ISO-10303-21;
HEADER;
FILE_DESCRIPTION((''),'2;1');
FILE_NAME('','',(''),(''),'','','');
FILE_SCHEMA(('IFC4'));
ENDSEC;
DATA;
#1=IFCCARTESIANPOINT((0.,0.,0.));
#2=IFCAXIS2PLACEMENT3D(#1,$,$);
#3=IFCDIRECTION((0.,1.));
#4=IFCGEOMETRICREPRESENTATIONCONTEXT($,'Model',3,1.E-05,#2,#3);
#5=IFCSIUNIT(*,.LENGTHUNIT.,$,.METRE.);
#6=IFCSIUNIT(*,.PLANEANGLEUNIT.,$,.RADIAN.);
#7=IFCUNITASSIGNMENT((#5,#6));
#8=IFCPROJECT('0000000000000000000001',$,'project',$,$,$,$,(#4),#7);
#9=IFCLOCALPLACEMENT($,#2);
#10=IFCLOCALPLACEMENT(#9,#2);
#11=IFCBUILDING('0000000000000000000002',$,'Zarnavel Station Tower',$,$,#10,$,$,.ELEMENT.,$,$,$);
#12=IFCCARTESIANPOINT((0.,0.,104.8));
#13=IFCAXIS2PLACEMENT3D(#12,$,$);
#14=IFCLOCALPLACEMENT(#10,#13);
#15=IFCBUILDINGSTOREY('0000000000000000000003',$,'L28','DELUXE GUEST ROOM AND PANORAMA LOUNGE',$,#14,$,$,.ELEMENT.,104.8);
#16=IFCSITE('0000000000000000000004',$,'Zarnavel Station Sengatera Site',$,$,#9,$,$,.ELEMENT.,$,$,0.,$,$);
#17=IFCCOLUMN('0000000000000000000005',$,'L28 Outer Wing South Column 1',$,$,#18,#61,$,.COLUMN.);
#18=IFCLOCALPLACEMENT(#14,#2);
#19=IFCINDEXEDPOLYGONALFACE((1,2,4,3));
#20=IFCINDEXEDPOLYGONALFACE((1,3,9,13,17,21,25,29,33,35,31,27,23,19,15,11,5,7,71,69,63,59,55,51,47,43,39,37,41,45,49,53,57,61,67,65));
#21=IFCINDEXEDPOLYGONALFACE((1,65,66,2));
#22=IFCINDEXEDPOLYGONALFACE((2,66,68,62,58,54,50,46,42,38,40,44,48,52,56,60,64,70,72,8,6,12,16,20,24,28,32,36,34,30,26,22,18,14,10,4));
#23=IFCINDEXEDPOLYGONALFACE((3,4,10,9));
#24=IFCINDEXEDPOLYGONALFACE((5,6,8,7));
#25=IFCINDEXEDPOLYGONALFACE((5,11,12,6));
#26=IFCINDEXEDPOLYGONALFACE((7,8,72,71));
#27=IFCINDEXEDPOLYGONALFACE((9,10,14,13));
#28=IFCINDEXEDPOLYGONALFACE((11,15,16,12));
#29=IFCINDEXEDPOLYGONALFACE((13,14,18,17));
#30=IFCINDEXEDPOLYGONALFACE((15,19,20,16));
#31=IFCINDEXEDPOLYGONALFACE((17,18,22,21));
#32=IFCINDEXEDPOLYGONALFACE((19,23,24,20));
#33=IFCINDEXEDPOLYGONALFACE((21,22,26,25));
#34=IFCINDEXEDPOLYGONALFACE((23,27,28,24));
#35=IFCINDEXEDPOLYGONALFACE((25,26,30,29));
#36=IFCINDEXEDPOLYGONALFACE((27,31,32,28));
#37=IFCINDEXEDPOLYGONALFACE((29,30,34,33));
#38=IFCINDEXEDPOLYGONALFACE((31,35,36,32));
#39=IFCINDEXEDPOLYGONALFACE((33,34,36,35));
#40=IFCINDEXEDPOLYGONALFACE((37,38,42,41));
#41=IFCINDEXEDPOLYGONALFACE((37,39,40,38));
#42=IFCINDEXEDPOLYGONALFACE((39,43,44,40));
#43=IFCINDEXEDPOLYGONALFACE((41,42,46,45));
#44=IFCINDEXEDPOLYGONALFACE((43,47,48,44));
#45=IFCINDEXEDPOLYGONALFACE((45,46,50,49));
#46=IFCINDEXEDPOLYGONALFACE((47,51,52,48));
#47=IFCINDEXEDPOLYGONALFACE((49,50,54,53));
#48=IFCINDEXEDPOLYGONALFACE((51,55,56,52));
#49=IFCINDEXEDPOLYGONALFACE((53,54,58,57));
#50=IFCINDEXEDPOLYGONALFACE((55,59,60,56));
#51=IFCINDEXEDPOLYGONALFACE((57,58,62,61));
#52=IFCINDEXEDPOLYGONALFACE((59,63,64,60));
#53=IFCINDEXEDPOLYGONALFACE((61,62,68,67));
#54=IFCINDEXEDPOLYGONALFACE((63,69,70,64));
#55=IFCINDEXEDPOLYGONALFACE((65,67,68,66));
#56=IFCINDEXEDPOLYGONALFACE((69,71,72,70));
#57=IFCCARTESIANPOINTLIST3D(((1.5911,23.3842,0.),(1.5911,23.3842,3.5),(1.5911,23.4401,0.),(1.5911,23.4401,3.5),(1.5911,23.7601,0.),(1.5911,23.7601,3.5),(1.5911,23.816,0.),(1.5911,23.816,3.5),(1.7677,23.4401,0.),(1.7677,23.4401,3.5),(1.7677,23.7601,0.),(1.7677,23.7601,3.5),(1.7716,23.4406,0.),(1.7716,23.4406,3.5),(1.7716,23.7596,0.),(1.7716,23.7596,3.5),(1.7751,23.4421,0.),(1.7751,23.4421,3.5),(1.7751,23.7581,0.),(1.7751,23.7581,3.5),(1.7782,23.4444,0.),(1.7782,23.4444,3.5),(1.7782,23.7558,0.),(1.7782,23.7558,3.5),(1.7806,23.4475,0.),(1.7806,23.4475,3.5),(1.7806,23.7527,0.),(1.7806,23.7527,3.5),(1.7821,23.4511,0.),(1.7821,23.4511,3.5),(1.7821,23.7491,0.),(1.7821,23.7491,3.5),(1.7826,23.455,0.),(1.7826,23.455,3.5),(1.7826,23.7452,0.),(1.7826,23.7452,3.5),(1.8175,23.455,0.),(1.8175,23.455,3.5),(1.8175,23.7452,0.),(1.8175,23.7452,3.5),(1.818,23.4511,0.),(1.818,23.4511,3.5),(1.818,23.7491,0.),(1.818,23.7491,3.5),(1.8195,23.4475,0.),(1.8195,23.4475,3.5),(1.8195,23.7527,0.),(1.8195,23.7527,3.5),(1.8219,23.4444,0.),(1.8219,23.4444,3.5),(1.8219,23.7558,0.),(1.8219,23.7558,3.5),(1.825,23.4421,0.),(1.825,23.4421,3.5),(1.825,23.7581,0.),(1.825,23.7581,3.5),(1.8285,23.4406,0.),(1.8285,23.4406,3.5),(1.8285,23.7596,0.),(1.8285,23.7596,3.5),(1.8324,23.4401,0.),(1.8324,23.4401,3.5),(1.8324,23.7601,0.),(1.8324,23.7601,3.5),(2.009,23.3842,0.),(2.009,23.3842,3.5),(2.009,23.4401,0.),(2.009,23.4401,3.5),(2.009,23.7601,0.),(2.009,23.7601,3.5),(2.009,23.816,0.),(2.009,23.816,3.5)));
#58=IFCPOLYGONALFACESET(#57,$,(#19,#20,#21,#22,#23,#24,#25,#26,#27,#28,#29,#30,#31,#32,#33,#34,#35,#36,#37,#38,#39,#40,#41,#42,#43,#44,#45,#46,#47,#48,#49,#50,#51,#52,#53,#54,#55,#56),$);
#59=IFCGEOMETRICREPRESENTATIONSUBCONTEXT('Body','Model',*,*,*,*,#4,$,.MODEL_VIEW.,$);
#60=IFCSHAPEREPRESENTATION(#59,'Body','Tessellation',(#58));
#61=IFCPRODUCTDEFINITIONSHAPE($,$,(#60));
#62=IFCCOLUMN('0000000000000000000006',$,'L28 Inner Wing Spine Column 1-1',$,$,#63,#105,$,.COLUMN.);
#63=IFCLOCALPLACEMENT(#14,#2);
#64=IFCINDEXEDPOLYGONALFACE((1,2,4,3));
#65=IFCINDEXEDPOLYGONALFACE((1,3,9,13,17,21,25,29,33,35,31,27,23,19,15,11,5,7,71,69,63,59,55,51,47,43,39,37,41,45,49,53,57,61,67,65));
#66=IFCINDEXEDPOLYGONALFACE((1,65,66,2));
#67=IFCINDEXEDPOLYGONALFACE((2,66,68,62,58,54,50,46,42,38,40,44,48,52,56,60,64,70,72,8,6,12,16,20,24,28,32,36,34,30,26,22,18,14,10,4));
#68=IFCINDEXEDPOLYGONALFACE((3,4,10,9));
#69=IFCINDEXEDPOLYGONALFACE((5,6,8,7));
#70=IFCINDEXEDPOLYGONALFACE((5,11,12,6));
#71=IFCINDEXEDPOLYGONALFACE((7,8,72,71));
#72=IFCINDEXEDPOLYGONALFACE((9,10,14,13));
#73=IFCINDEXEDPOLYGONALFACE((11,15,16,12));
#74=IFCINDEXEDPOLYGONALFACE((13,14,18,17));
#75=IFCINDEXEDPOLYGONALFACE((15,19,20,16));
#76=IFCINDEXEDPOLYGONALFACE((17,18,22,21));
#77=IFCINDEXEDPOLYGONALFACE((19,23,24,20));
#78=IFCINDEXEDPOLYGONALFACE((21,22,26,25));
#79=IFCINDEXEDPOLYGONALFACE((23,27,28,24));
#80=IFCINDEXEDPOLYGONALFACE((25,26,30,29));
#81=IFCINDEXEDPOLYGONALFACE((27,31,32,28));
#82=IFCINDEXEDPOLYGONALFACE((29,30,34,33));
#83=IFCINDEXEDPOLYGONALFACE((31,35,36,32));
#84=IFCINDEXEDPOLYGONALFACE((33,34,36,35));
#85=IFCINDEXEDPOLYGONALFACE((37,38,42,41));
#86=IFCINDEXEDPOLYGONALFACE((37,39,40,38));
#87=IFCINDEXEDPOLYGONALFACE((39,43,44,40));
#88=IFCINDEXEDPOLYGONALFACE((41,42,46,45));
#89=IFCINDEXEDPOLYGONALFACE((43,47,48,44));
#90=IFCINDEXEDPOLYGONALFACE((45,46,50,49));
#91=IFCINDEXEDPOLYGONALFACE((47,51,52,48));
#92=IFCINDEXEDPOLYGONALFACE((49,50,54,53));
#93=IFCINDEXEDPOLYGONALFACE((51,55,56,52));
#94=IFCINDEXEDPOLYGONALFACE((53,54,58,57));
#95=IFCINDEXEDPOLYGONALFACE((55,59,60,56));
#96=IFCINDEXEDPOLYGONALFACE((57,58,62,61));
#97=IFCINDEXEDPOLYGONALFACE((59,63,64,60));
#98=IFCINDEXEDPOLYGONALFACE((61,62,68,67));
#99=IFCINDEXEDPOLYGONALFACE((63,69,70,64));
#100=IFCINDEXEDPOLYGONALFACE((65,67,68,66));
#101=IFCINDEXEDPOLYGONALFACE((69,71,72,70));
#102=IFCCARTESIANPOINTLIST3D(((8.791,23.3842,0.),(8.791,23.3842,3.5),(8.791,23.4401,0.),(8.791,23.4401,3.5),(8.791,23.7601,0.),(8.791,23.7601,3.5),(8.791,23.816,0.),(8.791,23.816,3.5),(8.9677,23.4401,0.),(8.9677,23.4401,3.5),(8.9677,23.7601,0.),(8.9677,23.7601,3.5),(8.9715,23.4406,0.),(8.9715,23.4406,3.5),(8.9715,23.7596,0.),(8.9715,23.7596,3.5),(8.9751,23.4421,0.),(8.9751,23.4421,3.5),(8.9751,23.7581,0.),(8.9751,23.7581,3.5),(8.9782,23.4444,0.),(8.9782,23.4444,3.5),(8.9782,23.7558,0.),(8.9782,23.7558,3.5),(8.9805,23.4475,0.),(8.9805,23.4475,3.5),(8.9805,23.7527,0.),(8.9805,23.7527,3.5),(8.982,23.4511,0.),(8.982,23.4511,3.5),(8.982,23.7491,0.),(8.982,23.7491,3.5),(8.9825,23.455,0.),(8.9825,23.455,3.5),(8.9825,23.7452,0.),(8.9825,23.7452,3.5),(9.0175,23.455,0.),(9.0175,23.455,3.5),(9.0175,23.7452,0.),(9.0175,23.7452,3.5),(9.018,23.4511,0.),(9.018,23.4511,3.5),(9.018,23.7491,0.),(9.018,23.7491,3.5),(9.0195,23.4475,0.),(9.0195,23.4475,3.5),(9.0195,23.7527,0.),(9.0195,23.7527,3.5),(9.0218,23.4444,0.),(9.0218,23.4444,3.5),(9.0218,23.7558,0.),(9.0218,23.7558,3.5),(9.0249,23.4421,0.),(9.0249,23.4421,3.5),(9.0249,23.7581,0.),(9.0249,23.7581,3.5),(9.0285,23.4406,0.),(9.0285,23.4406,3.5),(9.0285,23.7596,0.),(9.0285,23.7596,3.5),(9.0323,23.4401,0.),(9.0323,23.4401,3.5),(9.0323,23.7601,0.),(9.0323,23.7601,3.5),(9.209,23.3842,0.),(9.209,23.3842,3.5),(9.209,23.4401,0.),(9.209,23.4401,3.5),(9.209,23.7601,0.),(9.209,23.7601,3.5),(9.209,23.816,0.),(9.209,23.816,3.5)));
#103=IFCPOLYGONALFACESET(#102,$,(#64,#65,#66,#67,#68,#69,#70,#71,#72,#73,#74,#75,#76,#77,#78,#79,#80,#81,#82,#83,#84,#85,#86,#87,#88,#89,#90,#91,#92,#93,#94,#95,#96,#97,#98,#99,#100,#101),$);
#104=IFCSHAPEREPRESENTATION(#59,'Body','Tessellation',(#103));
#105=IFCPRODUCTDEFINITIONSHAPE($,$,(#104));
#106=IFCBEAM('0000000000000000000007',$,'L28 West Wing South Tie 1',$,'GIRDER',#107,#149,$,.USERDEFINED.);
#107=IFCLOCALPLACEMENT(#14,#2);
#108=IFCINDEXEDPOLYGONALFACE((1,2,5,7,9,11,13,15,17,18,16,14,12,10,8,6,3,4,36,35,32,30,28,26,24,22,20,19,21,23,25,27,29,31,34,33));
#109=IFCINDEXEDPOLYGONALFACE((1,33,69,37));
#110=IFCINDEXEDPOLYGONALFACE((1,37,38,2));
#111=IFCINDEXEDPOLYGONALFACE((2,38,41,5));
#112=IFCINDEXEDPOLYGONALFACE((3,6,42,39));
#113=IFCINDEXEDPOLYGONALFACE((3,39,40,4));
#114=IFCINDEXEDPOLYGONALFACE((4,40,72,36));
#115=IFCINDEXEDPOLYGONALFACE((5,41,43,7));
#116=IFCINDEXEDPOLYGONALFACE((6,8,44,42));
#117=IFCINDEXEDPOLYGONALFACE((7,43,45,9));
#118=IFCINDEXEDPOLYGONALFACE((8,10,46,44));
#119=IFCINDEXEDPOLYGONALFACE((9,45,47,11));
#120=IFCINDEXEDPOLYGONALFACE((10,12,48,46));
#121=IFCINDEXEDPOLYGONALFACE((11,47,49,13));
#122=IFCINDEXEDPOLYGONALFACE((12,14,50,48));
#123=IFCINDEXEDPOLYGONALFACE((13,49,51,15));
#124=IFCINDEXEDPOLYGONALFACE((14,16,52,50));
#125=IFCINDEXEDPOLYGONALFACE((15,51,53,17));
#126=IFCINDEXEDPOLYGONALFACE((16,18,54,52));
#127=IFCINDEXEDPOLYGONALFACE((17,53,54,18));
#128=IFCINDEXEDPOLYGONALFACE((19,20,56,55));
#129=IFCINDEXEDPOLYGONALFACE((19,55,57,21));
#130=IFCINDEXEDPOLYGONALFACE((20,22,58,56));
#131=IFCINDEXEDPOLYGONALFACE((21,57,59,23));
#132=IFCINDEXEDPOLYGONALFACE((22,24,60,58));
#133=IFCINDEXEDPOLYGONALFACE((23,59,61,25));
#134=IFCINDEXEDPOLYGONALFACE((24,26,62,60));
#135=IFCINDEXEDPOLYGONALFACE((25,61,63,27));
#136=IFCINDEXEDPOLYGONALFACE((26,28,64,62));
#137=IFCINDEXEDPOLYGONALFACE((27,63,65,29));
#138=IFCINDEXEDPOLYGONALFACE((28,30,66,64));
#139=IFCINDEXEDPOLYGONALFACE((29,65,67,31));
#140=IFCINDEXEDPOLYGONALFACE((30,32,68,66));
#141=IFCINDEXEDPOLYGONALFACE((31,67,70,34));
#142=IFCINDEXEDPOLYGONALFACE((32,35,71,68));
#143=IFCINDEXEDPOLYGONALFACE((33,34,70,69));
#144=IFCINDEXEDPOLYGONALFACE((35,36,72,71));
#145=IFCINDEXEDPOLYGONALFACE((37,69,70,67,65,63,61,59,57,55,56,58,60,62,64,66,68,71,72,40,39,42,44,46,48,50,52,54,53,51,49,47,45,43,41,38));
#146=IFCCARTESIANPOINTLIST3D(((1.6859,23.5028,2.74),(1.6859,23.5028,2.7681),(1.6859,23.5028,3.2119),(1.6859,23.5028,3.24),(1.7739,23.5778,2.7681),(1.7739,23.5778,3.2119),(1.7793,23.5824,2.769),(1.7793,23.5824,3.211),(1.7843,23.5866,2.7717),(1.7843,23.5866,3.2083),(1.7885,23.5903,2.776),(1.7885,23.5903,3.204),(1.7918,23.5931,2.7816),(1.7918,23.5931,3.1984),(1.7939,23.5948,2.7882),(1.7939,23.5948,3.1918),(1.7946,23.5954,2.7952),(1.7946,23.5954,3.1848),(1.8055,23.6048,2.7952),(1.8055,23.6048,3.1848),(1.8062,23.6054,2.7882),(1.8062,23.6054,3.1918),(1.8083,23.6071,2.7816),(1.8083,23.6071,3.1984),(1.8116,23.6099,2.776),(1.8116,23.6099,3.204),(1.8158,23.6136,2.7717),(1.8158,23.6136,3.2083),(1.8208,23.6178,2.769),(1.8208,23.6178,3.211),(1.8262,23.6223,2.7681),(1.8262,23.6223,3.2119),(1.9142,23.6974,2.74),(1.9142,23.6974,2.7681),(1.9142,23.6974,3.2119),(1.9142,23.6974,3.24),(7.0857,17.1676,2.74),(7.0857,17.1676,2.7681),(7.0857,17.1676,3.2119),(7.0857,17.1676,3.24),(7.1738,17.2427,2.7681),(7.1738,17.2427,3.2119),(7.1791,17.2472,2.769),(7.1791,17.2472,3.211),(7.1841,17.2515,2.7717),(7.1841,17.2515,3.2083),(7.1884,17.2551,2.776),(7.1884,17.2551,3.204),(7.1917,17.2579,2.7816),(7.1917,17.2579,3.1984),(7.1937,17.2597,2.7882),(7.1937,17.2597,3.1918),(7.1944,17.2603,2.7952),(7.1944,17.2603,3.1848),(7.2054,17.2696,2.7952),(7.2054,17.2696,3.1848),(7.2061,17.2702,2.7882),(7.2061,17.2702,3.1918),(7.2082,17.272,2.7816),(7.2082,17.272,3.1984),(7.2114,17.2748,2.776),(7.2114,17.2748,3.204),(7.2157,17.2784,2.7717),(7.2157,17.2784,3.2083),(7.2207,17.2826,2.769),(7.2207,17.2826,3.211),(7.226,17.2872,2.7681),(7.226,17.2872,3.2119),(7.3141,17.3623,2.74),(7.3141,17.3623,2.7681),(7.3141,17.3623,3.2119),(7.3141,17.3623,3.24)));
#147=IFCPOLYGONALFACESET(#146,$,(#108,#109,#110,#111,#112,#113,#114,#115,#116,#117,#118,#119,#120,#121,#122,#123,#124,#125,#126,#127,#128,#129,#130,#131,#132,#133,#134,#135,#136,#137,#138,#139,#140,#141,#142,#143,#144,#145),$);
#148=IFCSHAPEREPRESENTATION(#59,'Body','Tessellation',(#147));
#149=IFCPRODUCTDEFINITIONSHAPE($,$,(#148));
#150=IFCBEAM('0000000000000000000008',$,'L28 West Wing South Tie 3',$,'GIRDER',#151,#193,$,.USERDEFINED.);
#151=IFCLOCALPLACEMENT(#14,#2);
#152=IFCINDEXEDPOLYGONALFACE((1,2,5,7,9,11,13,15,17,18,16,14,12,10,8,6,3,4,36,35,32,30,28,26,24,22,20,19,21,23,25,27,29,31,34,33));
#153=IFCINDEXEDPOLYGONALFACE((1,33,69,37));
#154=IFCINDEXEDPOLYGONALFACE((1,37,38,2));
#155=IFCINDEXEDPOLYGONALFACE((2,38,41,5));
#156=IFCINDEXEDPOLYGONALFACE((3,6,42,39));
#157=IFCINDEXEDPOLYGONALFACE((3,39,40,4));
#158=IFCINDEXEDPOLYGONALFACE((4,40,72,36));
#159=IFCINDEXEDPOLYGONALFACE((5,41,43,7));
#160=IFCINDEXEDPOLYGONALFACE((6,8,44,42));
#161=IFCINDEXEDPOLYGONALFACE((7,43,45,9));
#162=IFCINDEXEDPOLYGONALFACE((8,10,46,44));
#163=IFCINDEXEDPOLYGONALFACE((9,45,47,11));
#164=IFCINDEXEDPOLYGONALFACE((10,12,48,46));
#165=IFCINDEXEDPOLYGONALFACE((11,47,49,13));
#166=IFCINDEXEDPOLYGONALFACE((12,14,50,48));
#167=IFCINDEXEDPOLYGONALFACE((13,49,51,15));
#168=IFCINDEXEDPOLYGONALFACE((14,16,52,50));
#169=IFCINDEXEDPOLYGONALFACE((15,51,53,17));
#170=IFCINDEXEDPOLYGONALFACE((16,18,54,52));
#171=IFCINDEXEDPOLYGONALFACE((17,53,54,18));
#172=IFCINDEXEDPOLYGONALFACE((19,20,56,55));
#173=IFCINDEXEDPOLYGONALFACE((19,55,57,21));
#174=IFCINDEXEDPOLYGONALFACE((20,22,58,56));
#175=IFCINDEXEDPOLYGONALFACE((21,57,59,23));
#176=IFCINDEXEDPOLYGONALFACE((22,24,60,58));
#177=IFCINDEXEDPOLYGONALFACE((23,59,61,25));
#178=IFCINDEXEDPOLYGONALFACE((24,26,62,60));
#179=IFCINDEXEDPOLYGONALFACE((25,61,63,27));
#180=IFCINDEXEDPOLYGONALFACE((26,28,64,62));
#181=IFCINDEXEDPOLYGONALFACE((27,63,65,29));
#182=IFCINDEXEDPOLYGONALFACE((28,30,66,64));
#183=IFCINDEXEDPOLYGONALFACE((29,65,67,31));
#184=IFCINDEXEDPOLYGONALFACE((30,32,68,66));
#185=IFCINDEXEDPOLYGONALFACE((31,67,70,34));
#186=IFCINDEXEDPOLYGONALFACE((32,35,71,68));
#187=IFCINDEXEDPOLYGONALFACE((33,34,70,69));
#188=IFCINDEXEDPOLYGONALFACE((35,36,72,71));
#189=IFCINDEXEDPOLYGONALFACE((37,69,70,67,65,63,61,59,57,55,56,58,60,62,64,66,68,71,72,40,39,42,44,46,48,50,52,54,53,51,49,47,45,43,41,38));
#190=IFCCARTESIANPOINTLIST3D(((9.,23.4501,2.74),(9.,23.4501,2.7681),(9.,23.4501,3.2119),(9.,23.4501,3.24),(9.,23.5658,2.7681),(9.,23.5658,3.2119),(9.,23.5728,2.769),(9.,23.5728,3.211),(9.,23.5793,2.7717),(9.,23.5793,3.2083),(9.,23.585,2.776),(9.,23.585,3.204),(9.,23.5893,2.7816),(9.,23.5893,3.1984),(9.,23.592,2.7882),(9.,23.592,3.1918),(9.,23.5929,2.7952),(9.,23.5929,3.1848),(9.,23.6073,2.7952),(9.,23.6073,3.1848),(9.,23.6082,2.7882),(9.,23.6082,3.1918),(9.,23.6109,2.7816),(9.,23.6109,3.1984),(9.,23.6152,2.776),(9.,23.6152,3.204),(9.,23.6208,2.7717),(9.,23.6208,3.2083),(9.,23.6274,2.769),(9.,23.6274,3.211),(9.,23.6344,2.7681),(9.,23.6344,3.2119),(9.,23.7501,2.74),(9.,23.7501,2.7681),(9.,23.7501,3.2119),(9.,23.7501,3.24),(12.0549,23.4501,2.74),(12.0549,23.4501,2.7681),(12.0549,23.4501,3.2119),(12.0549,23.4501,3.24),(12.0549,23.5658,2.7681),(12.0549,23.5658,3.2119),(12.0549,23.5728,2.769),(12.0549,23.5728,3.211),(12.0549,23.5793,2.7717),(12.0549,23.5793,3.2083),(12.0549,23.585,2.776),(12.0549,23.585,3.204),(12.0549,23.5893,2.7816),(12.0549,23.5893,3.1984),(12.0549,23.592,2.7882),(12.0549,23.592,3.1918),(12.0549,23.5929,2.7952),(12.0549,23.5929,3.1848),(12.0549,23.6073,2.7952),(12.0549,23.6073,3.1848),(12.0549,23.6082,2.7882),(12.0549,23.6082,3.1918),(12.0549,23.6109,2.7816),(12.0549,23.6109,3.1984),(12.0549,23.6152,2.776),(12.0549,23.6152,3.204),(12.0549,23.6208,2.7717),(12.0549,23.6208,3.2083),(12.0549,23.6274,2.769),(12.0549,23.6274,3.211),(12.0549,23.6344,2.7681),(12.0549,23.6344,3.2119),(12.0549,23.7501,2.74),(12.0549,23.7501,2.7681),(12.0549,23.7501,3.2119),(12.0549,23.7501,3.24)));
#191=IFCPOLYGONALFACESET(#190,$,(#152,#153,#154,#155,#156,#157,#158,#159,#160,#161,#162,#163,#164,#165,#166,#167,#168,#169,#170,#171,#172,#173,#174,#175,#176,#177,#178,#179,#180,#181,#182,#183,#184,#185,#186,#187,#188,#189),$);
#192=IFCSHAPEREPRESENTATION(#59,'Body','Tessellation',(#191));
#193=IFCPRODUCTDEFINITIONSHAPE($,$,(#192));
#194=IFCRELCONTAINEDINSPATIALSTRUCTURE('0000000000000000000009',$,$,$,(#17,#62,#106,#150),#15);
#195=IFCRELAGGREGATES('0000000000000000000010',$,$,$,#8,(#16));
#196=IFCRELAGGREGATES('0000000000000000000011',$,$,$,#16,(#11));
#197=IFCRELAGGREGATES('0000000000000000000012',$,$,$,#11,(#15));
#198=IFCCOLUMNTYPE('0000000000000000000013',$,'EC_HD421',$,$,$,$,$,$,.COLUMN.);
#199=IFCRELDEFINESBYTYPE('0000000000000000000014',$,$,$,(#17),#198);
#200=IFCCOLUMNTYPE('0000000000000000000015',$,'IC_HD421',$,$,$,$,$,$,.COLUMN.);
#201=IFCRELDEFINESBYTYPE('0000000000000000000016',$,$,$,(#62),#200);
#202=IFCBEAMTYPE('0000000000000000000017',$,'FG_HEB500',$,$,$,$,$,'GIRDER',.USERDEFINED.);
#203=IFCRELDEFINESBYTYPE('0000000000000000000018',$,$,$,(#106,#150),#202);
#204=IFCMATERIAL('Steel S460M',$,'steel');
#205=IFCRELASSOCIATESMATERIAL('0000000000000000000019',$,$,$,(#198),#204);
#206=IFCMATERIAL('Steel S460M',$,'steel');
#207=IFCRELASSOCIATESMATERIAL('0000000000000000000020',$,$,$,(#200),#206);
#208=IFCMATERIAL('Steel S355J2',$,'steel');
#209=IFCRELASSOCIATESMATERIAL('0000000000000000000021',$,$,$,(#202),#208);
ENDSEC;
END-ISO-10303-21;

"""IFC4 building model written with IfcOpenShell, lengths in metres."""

from ifc_helpers import new_model, si_unit, direction, frame, origin, origin_2d, place, context, subcontext, project, spatial, i_section, extrude, material, material_profile, profile_set, type_object, element, save


model = new_model("IFC4")

# Units and contexts
model_context = context("Model", 3, precision=1e-05, world=origin(), true_north=direction((0.0, 1.0)))
body_context = subcontext(model_context, "Body", "Model", "MODEL_VIEW")
ifc_project = project(units=[si_unit("LENGTHUNIT", "METRE"), si_unit("PLANEANGLEUNIT", "RADIAN")], contexts=[model_context])

# Site, building, storey
site_placement = place(None, origin())
site = spatial("IfcSite", under=ifc_project, at=site_placement, Name="Zarnavel Station Sengatera Site", CompositionType="ELEMENT", RefElevation=0.0)
building_placement = place(site_placement, origin())
building = spatial("IfcBuilding", under=site, at=building_placement, Name="Zarnavel Station Tower", CompositionType="ELEMENT")
storey_placement = place(building_placement, frame((0.0, 0.0, 104.8)))
storey = spatial("IfcBuildingStorey", under=building, at=storey_placement, Name="L28", Description="DELUXE GUEST ROOM AND PANORAMA LOUNGE", CompositionType="ELEMENT", Elevation=104.8)

# Columns
ifc_material_1 = material(Name="Steel S460M", Category="steel")
ifc_material_profile_1 = material_profile(ifc_material_1, i_section(OverallWidth=0.418, OverallDepth=0.4319, WebThickness=0.0349, FlangeThickness=0.0559, FilletRadius=0.0149, at=origin_2d()), Name="HD400x421")
ifc_profile_set_1 = profile_set([ifc_material_profile_1], Name="Steel S460M")
column_type_1 = type_object("IfcColumnType", Name="EC_HD421", PredefinedType="COLUMN", material=ifc_profile_set_1)
column_1_placement = place(storey_placement, frame((1.8, 23.6001, 0.0), z_axis=(0.0, 0.0, 1.0), x_axis=(1.0, 0.0, 0.0)))
element("IfcColumn", 1, at=column_1_placement, inside=storey, type_object=column_type_1, Name="L28 Outer Wing South Column 1", PredefinedType="COLUMN", context=body_context, shape_type="SweptSolid", body=[
    extrude(i_section(OverallWidth=0.418, OverallDepth=0.4319, WebThickness=0.0349, FlangeThickness=0.0559, FilletRadius=0.0149, at=origin_2d()), origin(), (0.0, 0.0, 1.0), 3.5),
])
ifc_material_2 = material(Name="Steel S460M", Category="steel")
ifc_material_profile_2 = material_profile(ifc_material_2, i_section(OverallWidth=0.418, OverallDepth=0.4319, WebThickness=0.0349, FlangeThickness=0.0559, FilletRadius=0.0149, at=origin_2d()), Name="HD400x421")
ifc_profile_set_2 = profile_set([ifc_material_profile_2], Name="Steel S460M")
column_type_2 = type_object("IfcColumnType", Name="IC_HD421", PredefinedType="COLUMN", material=ifc_profile_set_2)
column_2_placement = place(storey_placement, frame((9.0, 23.6001, 0.0), z_axis=(0.0, 0.0, 1.0), x_axis=(1.0, 0.0, 0.0)))
element("IfcColumn", 2, at=column_2_placement, inside=storey, type_object=column_type_2, Name="L28 Inner Wing Spine Column 1-1", PredefinedType="COLUMN", context=body_context, shape_type="SweptSolid", body=[
    extrude(i_section(OverallWidth=0.418, OverallDepth=0.4319, WebThickness=0.0349, FlangeThickness=0.0559, FilletRadius=0.0149, at=origin_2d()), origin(), (0.0, 0.0, 1.0), 3.5),
])

# Beams
ifc_material_3 = material(Name="Steel S355J2", Category="steel")
ifc_material_profile_3 = material_profile(ifc_material_3, i_section(OverallWidth=0.3, OverallDepth=0.5, WebThickness=0.0144, FlangeThickness=0.0281, FilletRadius=0.0271, at=origin_2d()), Name="HEB500")
ifc_profile_set_3 = profile_set([ifc_material_profile_3], Name="Steel S355J2")
beam_type_1 = type_object("IfcBeamType", Name="FG_HEB500", ElementType="GIRDER", PredefinedType="USERDEFINED", material=ifc_profile_set_3)
beam_1_placement = place(storey_placement, frame((1.8, 23.6001, 2.99), z_axis=(0.648692, -0.761051, 0.0), x_axis=(0.761051, 0.648692, 0.0)))
element("IfcBeam", 3, at=beam_1_placement, inside=storey, type_object=beam_type_1, Name="L28 West Wing South Tie 1", ObjectType="GIRDER", PredefinedType="USERDEFINED", context=body_context, shape_type="SweptSolid", body=[
    extrude(i_section(OverallWidth=0.3, OverallDepth=0.5, WebThickness=0.0144, FlangeThickness=0.0281, FilletRadius=0.0271, at=origin_2d()), origin(), (0.0, 0.0, 1.0), 8.3242),
])
beam_2_placement = place(storey_placement, frame((9.0, 23.6001, 2.99), z_axis=(1.0, 0.0, 0.0), x_axis=(0.0, 1.0, 0.0)))
element("IfcBeam", 4, at=beam_2_placement, inside=storey, type_object=beam_type_1, Name="L28 West Wing South Tie 3", ObjectType="GIRDER", PredefinedType="USERDEFINED", context=body_context, shape_type="SweptSolid", body=[
    extrude(i_section(OverallWidth=0.3, OverallDepth=0.5, WebThickness=0.0144, FlangeThickness=0.0281, FilletRadius=0.0271, at=origin_2d()), origin(), (0.0, 0.0, 1.0), 3.0549),
])

save(model, "model.ifc")
